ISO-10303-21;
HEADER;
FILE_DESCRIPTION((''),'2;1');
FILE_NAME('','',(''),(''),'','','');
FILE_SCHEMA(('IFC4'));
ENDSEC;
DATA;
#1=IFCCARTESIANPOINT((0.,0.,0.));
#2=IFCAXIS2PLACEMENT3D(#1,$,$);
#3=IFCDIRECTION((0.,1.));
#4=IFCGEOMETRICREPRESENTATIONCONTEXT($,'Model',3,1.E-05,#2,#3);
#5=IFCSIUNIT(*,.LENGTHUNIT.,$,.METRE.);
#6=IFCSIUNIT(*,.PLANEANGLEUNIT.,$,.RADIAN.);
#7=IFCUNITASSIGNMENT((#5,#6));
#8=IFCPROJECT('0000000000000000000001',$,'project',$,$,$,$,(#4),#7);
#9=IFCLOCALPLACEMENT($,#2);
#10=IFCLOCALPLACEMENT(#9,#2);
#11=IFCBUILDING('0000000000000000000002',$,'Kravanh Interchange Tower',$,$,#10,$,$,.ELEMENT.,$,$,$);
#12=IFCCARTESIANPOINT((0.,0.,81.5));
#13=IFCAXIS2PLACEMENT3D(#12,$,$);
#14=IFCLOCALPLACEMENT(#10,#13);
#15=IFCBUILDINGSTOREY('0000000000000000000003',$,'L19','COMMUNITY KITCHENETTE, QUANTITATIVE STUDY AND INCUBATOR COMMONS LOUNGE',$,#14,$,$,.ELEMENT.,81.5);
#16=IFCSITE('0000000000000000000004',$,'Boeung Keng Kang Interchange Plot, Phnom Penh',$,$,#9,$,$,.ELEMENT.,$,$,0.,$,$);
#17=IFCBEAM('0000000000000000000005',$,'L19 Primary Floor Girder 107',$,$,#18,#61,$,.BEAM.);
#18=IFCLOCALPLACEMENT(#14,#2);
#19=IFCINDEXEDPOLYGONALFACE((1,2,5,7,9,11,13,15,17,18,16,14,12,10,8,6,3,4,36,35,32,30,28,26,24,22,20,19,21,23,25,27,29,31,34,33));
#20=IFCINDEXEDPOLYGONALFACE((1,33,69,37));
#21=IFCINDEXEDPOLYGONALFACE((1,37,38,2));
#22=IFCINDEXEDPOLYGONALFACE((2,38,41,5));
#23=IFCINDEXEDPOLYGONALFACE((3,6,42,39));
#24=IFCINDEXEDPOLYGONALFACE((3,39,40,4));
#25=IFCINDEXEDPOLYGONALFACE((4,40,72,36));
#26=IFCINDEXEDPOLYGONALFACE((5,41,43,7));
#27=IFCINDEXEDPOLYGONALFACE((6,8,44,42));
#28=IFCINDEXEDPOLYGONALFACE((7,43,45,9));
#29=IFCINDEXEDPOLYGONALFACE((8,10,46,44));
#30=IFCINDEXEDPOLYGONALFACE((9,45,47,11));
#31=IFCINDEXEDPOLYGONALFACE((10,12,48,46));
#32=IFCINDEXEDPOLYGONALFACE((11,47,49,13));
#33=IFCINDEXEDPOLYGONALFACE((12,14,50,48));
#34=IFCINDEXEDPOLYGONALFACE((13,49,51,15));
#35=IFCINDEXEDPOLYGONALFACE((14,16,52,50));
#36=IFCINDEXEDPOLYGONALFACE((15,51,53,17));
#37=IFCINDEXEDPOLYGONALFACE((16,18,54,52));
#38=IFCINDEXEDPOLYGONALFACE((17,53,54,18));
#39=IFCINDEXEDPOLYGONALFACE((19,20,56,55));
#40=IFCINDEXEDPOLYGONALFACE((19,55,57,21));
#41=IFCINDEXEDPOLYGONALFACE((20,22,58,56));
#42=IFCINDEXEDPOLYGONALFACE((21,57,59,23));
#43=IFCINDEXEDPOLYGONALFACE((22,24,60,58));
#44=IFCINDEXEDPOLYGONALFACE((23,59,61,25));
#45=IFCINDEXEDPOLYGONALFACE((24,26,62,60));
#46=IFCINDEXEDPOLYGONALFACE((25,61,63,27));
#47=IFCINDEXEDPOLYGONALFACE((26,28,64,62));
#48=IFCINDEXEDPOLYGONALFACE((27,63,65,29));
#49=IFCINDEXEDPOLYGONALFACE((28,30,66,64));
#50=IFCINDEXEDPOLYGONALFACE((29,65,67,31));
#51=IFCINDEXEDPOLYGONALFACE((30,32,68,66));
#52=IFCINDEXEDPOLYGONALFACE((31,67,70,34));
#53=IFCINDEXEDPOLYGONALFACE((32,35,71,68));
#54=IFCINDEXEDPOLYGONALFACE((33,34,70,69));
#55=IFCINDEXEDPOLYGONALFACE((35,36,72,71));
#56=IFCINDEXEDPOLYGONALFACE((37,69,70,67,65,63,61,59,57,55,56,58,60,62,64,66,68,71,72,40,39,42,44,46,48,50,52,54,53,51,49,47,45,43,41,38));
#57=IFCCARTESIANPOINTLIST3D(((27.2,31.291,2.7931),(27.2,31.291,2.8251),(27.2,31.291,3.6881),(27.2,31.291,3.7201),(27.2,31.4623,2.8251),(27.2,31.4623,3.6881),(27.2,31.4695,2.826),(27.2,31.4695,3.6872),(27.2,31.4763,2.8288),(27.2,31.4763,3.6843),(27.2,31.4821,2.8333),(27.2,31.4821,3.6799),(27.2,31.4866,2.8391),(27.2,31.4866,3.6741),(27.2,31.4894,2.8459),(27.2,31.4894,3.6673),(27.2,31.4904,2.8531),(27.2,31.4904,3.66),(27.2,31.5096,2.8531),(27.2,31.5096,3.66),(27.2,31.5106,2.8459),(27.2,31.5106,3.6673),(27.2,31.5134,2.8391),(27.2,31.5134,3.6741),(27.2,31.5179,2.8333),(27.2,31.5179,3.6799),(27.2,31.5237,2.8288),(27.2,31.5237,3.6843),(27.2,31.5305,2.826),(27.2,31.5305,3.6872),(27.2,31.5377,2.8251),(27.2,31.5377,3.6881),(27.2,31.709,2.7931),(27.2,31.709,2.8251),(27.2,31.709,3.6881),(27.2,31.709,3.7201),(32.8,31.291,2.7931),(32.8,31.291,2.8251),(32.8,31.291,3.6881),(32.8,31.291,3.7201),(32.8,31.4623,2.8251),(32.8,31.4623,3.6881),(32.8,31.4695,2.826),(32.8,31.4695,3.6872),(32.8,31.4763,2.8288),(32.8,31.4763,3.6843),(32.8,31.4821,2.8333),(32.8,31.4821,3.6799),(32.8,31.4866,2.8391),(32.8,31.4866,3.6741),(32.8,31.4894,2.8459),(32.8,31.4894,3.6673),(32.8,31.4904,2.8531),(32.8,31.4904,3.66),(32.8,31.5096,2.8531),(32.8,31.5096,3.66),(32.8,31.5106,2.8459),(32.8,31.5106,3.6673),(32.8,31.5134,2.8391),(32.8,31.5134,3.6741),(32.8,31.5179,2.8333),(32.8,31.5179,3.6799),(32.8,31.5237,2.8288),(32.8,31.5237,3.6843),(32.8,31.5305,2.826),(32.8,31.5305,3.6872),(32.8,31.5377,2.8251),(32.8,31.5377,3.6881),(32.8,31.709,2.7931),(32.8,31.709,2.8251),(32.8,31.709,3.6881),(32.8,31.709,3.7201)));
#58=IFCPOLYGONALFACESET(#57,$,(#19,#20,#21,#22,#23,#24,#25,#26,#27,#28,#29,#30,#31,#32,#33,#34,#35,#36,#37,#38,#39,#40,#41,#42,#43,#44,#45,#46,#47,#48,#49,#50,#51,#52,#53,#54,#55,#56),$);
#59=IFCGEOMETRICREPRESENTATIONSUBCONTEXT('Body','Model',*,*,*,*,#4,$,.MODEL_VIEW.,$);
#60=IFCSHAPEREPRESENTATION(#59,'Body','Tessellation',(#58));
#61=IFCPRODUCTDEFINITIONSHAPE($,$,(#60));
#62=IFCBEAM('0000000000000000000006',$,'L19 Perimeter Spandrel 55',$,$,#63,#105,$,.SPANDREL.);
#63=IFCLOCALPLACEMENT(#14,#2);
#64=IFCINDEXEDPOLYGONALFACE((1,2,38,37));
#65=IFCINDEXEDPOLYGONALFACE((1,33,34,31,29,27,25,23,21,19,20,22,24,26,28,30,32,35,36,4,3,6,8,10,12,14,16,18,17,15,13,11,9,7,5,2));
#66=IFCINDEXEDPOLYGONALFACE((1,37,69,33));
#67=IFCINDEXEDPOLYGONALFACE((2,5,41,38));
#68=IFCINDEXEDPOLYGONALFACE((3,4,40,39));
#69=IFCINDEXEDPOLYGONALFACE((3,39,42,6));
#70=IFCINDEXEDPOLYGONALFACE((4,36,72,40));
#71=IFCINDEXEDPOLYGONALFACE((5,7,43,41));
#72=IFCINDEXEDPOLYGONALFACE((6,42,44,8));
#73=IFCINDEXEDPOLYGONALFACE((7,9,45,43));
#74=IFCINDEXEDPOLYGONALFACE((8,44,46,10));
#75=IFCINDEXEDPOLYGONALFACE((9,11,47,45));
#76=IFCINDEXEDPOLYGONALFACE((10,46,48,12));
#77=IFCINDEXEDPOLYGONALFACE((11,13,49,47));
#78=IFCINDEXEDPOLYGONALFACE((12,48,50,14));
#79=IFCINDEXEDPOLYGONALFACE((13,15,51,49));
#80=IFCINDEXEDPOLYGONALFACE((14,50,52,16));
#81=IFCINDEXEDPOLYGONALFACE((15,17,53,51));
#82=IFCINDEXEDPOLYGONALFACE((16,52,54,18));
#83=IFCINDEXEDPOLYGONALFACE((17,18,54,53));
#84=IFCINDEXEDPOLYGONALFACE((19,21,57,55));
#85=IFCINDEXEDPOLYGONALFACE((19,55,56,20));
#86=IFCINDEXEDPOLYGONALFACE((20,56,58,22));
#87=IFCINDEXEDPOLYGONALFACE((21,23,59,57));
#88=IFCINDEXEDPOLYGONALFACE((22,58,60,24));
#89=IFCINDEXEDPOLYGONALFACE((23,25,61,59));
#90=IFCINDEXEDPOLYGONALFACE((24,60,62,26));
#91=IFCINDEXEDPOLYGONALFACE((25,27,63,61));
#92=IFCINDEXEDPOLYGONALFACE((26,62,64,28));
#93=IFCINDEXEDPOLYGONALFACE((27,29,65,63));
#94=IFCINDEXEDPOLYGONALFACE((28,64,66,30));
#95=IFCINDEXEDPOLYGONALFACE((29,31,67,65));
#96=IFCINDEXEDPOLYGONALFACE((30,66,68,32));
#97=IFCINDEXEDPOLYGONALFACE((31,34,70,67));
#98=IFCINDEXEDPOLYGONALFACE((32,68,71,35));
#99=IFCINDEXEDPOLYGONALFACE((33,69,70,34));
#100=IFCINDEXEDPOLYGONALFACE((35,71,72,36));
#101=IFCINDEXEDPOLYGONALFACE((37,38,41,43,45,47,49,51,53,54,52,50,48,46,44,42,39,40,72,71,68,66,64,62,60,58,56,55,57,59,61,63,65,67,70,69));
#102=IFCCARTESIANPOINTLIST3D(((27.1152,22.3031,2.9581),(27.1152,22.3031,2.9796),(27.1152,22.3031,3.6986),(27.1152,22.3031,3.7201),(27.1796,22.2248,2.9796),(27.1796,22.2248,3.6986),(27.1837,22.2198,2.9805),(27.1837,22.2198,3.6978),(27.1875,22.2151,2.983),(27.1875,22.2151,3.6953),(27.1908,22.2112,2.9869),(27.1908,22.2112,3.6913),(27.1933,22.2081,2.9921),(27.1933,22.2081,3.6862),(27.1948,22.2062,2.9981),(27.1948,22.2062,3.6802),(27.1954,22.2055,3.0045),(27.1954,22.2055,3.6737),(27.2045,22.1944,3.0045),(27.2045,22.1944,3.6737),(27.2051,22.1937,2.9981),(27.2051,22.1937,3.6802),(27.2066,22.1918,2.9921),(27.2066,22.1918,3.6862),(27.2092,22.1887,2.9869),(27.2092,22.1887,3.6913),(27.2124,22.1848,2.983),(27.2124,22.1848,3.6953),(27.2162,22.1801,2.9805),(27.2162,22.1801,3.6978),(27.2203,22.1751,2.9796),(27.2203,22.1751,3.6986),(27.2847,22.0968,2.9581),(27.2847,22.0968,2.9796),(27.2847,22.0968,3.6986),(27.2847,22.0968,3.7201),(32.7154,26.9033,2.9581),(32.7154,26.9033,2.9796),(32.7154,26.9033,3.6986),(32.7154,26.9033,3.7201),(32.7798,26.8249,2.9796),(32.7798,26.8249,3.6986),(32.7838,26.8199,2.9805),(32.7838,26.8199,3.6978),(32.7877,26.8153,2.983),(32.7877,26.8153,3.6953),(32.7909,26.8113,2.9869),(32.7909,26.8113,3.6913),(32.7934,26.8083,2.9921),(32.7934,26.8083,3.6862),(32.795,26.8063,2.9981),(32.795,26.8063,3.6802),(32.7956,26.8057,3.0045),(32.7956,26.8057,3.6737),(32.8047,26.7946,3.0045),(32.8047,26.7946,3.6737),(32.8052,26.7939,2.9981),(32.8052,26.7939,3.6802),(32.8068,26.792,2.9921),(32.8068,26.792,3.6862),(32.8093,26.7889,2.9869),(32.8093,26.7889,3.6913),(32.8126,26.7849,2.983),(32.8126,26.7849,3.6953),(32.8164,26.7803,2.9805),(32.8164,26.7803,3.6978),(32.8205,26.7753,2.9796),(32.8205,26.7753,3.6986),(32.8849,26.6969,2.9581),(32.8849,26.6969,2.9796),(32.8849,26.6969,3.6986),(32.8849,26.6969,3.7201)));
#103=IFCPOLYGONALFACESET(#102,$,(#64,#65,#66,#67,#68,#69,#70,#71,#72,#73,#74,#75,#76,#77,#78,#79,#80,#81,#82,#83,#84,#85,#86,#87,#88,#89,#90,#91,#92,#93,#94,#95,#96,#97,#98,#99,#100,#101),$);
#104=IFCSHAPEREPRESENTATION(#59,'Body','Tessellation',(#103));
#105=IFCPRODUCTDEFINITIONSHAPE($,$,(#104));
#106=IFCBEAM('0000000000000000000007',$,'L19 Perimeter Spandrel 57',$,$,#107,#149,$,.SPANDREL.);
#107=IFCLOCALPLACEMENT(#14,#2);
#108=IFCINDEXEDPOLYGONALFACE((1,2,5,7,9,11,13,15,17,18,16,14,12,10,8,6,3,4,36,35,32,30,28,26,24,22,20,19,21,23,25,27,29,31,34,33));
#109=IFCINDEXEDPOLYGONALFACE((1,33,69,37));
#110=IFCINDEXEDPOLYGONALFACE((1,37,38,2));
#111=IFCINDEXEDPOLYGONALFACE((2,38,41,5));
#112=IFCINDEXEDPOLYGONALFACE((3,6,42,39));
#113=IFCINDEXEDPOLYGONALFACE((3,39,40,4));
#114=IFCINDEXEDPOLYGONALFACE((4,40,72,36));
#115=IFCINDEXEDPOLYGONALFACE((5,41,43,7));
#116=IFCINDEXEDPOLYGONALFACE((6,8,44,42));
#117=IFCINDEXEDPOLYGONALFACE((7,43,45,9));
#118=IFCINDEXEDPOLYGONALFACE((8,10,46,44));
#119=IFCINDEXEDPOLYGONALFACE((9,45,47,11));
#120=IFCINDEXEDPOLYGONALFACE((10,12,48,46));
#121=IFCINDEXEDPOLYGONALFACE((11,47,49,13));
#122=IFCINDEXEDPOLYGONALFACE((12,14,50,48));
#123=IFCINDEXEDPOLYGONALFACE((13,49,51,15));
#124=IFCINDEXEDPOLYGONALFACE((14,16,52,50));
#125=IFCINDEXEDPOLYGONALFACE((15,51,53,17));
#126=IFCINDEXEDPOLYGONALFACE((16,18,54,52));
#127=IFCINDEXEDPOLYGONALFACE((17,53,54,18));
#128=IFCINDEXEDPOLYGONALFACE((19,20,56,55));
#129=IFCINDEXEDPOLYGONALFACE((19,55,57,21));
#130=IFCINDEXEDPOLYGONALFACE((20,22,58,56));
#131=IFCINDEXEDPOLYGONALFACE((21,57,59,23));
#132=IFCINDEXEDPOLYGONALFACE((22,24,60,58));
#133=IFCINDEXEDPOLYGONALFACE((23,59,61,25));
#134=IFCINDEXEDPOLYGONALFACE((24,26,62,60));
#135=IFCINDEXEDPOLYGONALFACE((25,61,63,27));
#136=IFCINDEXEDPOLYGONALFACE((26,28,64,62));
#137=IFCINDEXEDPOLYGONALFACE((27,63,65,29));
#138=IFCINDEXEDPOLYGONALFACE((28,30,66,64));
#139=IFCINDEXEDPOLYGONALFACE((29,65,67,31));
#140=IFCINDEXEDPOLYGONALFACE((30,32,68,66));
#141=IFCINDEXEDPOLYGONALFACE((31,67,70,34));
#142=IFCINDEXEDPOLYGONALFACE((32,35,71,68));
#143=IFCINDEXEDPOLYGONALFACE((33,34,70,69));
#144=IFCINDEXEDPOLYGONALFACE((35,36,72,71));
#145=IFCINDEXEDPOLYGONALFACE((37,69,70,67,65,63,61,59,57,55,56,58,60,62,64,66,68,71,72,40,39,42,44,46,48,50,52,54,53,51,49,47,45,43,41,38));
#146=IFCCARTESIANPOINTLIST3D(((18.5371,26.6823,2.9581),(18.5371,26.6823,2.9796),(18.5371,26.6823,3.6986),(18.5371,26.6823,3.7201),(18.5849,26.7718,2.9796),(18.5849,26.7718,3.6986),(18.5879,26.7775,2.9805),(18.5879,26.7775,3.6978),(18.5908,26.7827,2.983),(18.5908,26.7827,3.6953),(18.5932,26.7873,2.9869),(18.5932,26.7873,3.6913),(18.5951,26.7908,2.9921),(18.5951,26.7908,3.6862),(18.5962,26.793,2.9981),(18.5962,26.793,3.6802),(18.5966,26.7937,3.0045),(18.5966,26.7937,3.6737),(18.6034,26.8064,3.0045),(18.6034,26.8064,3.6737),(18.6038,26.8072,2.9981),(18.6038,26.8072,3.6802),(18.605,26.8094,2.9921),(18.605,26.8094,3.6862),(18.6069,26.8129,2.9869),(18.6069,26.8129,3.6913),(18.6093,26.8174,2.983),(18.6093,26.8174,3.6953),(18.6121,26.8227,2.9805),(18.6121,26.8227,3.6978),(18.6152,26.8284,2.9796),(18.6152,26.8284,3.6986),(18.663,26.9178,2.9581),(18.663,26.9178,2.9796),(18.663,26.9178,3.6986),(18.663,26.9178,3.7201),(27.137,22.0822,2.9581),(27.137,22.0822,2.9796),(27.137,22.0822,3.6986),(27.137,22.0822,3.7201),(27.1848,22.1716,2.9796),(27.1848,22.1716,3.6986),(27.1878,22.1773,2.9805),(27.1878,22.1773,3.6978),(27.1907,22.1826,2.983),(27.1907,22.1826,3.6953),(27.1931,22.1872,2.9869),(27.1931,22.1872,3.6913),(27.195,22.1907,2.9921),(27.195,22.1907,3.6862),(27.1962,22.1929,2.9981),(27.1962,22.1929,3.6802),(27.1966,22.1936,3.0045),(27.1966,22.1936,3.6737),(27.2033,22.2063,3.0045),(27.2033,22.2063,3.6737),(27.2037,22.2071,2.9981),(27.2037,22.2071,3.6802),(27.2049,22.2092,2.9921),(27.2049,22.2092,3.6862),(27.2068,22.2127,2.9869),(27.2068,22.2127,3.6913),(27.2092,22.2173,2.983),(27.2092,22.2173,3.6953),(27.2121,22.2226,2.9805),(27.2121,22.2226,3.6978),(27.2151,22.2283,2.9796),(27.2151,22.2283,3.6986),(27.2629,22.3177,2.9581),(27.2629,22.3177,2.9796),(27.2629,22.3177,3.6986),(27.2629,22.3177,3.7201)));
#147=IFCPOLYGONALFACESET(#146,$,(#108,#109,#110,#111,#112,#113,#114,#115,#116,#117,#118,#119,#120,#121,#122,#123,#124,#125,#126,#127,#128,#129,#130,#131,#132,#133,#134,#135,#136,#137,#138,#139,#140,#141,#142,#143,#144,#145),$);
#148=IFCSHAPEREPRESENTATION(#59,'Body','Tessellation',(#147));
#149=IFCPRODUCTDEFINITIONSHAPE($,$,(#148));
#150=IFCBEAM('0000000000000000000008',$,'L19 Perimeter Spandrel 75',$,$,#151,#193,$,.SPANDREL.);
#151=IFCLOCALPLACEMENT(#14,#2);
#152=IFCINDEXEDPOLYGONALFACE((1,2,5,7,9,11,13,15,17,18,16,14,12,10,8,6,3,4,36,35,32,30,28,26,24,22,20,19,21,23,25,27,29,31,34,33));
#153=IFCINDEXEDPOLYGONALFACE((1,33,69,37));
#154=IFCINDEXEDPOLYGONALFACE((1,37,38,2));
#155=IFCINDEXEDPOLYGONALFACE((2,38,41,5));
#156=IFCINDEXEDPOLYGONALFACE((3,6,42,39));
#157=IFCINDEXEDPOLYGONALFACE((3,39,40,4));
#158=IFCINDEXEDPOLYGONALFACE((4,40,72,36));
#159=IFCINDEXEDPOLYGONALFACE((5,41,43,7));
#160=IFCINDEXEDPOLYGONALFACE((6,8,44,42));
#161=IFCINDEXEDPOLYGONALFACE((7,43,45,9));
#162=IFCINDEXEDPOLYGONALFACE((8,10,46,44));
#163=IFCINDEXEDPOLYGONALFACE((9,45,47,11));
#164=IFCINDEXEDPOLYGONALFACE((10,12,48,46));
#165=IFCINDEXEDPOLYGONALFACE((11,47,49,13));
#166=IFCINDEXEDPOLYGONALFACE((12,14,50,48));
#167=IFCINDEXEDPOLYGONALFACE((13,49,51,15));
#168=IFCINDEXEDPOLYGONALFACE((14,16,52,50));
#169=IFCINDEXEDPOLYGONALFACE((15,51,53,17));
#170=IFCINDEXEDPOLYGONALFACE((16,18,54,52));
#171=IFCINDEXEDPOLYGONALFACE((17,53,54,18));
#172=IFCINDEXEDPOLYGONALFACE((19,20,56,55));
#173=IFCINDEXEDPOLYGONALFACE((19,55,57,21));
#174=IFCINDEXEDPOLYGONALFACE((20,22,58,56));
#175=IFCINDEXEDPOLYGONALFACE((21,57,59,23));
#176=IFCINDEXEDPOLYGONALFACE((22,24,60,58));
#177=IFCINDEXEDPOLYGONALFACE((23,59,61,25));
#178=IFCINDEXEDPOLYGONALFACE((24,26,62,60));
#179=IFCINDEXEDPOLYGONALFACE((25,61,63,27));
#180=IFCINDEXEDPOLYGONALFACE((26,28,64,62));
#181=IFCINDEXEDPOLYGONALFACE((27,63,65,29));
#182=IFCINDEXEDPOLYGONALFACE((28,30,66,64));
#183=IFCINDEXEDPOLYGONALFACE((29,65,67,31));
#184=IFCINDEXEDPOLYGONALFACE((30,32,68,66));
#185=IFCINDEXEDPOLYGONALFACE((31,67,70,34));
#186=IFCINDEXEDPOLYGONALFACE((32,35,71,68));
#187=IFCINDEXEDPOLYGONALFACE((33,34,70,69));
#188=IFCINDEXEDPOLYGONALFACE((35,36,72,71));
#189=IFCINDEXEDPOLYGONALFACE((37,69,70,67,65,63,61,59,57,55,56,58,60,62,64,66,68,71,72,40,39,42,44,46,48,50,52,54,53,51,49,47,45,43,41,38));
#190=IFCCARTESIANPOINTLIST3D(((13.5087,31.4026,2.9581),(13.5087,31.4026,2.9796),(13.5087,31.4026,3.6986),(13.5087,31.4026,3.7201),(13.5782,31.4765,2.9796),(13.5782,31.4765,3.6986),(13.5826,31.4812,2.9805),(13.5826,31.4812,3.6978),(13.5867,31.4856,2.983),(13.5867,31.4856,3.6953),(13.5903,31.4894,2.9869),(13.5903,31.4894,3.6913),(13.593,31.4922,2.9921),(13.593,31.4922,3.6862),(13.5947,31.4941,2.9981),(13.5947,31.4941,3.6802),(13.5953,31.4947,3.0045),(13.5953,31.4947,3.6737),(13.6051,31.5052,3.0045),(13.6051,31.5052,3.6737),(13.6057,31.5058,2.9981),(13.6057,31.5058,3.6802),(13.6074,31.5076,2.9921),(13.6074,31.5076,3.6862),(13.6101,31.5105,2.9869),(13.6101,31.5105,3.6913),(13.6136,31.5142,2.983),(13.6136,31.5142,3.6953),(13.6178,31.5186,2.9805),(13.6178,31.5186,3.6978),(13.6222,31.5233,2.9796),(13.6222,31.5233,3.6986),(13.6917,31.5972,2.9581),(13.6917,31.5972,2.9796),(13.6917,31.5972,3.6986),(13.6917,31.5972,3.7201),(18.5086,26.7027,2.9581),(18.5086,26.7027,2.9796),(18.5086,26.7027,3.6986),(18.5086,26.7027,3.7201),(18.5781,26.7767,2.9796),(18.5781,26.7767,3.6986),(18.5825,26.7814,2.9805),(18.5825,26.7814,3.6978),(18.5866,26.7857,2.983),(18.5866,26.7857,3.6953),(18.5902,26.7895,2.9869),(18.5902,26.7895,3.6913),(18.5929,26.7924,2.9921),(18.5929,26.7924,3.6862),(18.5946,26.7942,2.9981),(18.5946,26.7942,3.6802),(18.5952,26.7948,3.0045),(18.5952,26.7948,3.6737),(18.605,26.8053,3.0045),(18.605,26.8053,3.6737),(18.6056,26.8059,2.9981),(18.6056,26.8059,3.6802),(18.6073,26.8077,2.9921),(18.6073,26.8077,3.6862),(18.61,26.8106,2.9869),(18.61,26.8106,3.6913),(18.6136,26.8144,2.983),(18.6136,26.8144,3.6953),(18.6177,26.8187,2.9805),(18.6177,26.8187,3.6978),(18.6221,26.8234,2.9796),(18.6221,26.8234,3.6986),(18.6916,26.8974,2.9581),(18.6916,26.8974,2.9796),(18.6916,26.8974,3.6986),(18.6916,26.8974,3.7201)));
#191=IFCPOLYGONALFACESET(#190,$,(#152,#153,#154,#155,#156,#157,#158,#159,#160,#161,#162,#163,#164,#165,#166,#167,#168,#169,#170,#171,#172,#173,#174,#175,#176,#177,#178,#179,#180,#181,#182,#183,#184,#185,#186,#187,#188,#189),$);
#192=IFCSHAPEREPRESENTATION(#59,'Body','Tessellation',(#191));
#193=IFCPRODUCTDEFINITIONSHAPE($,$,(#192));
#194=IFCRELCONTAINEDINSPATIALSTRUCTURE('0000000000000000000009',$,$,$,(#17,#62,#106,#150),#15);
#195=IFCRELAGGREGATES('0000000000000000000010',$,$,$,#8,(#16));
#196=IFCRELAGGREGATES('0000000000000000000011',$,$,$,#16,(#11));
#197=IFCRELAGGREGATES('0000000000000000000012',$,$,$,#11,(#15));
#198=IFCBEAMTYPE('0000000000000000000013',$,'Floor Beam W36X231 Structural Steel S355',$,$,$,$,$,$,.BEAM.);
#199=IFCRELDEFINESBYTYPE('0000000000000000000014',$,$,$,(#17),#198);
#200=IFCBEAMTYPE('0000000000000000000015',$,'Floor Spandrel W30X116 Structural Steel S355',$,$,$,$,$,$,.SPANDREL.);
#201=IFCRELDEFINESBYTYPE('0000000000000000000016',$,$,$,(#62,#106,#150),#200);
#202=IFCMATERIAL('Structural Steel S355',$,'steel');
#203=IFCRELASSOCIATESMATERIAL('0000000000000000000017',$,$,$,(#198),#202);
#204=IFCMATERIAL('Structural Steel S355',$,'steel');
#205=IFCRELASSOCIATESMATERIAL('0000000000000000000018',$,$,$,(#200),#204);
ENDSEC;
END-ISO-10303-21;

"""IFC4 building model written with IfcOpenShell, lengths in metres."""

from ifc_helpers import new_model, si_unit, direction, frame, origin, origin_2d, place, context, subcontext, project, spatial, i_section, extrude, material, material_profile, profile_set, type_object, element, save


model = new_model("IFC4")

# Units and contexts
model_context = context("Model", 3, precision=1e-05, world=origin(), true_north=direction((0.0, 1.0)))
body_context = subcontext(model_context, "Body", "Model", "MODEL_VIEW")
ifc_project = project(units=[si_unit("LENGTHUNIT", "METRE"), si_unit("PLANEANGLEUNIT", "RADIAN")], contexts=[model_context])

# Site, building, storey
site_placement = place(None, origin())
site = spatial("IfcSite", under=ifc_project, at=site_placement, Name="Boeung Keng Kang Interchange Plot, Phnom Penh", CompositionType="ELEMENT", RefElevation=0.0)
building_placement = place(site_placement, origin())
building = spatial("IfcBuilding", under=site, at=building_placement, Name="Kravanh Interchange Tower", CompositionType="ELEMENT")
storey_placement = place(building_placement, frame((0.0, 0.0, 81.5)))
storey = spatial("IfcBuildingStorey", under=building, at=storey_placement, Name="L19", Description="COMMUNITY KITCHENETTE, QUANTITATIVE STUDY AND INCUBATOR COMMONS LOUNGE", CompositionType="ELEMENT", Elevation=81.5)

# Beams
ifc_material_1 = material(Name="Structural Steel S355", Category="steel")
ifc_material_profile_1 = material_profile(ifc_material_1, i_section(OverallWidth=0.418, OverallDepth=0.927, WebThickness=0.0193, FlangeThickness=0.032, FilletRadius=0.0281, at=origin_2d()), Name="W36X231")
ifc_profile_set_1 = profile_set([ifc_material_profile_1], Name="Structural Steel S355")
beam_type_1 = type_object("IfcBeamType", Name="Floor Beam W36X231 Structural Steel S355", PredefinedType="BEAM", material=ifc_profile_set_1)
beam_1_placement = place(storey_placement, frame((27.2, 31.5, 3.2566), z_axis=(1.0, 0.0, 0.0), x_axis=(0.0, 1.0, 0.0)))
element("IfcBeam", 1, at=beam_1_placement, inside=storey, type_object=beam_type_1, Name="L19 Primary Floor Girder 107", PredefinedType="BEAM", context=body_context, shape_type="SweptSolid", body=[
    extrude(i_section(OverallWidth=0.418, OverallDepth=0.927, WebThickness=0.0193, FlangeThickness=0.032, FilletRadius=0.0281, at=origin_2d()), origin(), (0.0, 0.0, 1.0), 5.6001),
])
ifc_material_2 = material(Name="Structural Steel S355", Category="steel")
ifc_material_profile_2 = material_profile(ifc_material_2, i_section(OverallWidth=0.2671, OverallDepth=0.762, WebThickness=0.0144, FlangeThickness=0.0215, FilletRadius=0.0249, at=origin_2d()), Name="W30X116")
ifc_profile_set_2 = profile_set([ifc_material_profile_2], Name="Structural Steel S355")
beam_type_2 = type_object("IfcBeamType", Name="Floor Spandrel W30X116 Structural Steel S355", PredefinedType="SPANDREL", material=ifc_profile_set_2)
beam_2_placement = place(storey_placement, frame((27.2, 22.2, 3.3391), z_axis=(0.772725, 0.634741, 0.0), x_axis=(-0.634741, 0.772725, 0.0)))
element("IfcBeam", 2, at=beam_2_placement, inside=storey, type_object=beam_type_2, Name="L19 Perimeter Spandrel 55", PredefinedType="SPANDREL", context=body_context, shape_type="SweptSolid", body=[
    extrude(i_section(OverallWidth=0.2671, OverallDepth=0.762, WebThickness=0.0144, FlangeThickness=0.0215, FilletRadius=0.0249, at=origin_2d()), origin(), (0.0, 0.0, 1.0), 7.2473),
])
beam_3_placement = place(storey_placement, frame((27.2, 22.2, 3.3391), z_axis=(-0.881777, 0.471666, 0.0), x_axis=(-0.471666, -0.881777, 0.0)))
element("IfcBeam", 3, at=beam_3_placement, inside=storey, type_object=beam_type_2, Name="L19 Perimeter Spandrel 57", PredefinedType="SPANDREL", context=body_context, shape_type="SweptSolid", body=[
    extrude(i_section(OverallWidth=0.2671, OverallDepth=0.762, WebThickness=0.0144, FlangeThickness=0.0215, FilletRadius=0.0249, at=origin_2d()), origin(), (0.0, 0.0, 1.0), 9.7529),
])
beam_4_placement = place(storey_placement, frame((18.6001, 26.8, 3.3391), z_axis=(-0.728631, 0.684906, 0.0), x_axis=(-0.684906, -0.728631, 0.0)))
element("IfcBeam", 4, at=beam_4_placement, inside=storey, type_object=beam_type_2, Name="L19 Perimeter Spandrel 75", PredefinedType="SPANDREL", context=body_context, shape_type="SweptSolid", body=[
    extrude(i_section(OverallWidth=0.2671, OverallDepth=0.762, WebThickness=0.0144, FlangeThickness=0.0215, FilletRadius=0.0249, at=origin_2d()), origin(), (0.0, 0.0, 1.0), 6.8621),
])

save(model, "model.ifc")
